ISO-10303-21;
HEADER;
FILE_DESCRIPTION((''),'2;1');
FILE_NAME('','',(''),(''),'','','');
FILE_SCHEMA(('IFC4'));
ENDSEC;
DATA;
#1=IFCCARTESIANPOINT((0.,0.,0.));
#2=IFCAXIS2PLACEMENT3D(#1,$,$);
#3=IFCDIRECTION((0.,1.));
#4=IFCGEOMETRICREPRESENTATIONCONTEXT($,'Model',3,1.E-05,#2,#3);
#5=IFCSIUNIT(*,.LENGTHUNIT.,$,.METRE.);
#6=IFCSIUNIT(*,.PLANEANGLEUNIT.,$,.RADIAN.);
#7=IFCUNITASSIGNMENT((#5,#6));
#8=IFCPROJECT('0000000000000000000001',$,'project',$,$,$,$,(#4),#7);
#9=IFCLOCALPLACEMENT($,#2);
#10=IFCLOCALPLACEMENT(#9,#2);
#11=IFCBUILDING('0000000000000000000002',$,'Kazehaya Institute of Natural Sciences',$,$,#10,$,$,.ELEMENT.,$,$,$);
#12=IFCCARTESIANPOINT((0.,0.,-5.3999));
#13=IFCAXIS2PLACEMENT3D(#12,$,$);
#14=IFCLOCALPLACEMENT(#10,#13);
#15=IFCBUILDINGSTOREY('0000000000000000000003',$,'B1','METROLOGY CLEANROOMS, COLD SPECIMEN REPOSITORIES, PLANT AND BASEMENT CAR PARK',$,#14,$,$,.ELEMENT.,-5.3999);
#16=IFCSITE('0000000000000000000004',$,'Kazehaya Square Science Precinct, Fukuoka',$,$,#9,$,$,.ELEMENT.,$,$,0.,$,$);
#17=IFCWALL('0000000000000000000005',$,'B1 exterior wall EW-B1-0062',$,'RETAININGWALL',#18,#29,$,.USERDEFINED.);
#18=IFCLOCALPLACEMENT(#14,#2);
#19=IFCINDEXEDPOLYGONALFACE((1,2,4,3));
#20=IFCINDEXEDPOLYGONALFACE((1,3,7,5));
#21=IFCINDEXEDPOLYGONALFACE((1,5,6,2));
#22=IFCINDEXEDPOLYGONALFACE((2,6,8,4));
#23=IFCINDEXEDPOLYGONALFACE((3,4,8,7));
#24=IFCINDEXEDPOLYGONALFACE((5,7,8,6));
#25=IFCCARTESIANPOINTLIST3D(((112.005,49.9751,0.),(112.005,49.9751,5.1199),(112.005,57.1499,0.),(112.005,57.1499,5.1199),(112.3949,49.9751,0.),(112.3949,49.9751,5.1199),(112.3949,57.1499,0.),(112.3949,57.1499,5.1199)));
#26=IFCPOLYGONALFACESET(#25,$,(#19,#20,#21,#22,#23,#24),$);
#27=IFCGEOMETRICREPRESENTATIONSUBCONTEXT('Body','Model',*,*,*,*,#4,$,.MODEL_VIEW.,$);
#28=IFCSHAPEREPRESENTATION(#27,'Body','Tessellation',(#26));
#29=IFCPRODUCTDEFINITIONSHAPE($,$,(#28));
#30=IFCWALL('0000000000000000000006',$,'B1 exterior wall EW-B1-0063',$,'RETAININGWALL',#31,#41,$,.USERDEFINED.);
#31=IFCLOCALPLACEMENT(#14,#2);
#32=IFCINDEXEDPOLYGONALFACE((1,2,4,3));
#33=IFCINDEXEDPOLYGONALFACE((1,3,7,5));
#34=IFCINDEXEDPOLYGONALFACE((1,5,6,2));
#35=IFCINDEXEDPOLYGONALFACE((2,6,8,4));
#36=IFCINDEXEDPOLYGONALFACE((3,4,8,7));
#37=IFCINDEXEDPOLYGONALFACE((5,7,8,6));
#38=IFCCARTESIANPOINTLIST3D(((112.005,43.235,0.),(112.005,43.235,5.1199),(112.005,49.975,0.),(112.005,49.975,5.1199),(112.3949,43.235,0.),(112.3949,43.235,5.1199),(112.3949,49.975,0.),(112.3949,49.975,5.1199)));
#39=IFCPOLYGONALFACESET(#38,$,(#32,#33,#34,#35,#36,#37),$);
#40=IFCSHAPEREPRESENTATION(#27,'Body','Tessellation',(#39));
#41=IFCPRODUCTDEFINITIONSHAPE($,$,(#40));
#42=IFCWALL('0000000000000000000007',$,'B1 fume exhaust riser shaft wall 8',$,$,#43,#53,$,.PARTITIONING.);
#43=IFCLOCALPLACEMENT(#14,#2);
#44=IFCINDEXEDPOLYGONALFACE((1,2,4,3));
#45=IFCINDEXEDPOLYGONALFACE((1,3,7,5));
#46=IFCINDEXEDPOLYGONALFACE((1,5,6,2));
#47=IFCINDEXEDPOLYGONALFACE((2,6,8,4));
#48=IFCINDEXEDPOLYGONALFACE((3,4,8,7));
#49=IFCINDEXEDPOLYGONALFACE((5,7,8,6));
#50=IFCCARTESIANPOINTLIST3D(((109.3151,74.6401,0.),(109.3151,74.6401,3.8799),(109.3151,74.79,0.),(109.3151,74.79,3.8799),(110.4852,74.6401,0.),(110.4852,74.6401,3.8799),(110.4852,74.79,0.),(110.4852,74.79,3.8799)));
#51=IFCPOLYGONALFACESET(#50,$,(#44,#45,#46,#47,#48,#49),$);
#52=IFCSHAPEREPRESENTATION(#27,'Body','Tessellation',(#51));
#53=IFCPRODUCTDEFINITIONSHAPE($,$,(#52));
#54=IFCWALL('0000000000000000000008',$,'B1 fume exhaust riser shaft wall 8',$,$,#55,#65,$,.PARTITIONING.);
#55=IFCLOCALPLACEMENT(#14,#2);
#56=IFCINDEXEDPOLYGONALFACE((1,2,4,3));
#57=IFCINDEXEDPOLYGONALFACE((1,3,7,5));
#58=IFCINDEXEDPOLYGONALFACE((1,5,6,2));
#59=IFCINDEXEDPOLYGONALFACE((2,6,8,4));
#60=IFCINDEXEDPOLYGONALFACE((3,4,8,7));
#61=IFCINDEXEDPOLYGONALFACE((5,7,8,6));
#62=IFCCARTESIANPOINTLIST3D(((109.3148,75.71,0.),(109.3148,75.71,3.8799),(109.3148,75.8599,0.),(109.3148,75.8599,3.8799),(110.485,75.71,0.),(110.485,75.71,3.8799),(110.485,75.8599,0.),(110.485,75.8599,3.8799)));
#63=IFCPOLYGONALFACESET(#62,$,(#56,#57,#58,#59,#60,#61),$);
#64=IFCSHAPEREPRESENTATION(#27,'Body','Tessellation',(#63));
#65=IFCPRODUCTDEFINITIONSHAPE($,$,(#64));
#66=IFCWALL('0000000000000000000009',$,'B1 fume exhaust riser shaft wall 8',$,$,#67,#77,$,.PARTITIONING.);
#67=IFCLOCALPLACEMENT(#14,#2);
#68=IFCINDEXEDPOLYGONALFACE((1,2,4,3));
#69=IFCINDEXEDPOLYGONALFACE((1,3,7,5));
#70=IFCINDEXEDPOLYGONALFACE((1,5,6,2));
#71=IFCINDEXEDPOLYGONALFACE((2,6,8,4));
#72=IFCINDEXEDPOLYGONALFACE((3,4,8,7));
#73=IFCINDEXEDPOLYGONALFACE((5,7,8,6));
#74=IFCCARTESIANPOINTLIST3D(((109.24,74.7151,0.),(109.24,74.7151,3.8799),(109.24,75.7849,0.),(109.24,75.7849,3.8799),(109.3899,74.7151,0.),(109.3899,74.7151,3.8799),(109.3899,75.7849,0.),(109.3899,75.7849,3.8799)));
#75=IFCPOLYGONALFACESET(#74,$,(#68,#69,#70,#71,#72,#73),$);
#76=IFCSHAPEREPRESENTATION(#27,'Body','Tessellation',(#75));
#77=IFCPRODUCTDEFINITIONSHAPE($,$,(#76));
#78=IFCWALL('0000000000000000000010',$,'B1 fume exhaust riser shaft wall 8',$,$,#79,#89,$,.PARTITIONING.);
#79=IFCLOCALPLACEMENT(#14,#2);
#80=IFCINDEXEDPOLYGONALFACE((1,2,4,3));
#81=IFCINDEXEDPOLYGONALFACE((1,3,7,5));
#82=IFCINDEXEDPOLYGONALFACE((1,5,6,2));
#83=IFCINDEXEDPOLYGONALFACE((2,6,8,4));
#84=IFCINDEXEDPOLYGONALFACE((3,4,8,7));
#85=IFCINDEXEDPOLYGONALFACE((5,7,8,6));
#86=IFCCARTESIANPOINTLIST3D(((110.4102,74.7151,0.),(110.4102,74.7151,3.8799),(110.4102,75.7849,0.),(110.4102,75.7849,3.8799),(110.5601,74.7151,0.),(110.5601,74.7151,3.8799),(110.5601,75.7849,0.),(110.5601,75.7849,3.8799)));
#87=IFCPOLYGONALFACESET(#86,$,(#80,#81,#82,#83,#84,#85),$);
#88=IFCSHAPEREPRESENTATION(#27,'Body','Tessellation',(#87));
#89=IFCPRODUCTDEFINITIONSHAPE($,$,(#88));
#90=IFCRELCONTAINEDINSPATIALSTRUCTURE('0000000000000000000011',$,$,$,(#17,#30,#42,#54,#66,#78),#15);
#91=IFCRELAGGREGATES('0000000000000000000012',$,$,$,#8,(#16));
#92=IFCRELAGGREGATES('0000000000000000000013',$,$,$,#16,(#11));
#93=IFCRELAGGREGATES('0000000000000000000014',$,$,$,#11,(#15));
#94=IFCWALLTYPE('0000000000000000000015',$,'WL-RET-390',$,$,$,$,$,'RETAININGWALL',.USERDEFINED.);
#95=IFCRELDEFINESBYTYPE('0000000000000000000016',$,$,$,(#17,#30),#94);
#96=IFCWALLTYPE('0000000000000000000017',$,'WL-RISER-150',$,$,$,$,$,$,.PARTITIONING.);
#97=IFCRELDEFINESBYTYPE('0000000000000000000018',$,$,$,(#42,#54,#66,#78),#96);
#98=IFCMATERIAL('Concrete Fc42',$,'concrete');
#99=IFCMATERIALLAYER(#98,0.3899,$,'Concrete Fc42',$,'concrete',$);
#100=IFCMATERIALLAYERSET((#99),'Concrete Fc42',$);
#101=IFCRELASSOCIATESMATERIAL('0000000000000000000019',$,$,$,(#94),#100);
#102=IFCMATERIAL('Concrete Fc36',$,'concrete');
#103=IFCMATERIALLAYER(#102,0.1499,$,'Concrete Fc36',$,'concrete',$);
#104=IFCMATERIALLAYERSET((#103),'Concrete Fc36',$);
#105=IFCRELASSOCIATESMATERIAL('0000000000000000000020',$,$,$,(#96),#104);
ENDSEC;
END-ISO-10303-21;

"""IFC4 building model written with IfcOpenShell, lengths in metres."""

from ifc_helpers import new_model, si_unit, direction, frame, frame_2d, origin, place, context, subcontext, project, spatial, rectangle, extrude, material, layer, layer_set, type_object, element, save


model = new_model("IFC4")

# Units and contexts
model_context = context("Model", 3, precision=1e-05, world=origin(), true_north=direction((0.0, 1.0)))
body_context = subcontext(model_context, "Body", "Model", "MODEL_VIEW")
ifc_project = project(units=[si_unit("LENGTHUNIT", "METRE"), si_unit("PLANEANGLEUNIT", "RADIAN")], contexts=[model_context])

# Site, building, storey
site_placement = place(None, origin())
site = spatial("IfcSite", under=ifc_project, at=site_placement, Name="Kazehaya Square Science Precinct, Fukuoka", CompositionType="ELEMENT", RefElevation=0.0)
building_placement = place(site_placement, origin())
building = spatial("IfcBuilding", under=site, at=building_placement, Name="Kazehaya Institute of Natural Sciences", CompositionType="ELEMENT")
storey_placement = place(building_placement, frame((0.0, 0.0, -5.3999)))
storey = spatial("IfcBuildingStorey", under=building, at=storey_placement, Name="B1", Description="METROLOGY CLEANROOMS, COLD SPECIMEN REPOSITORIES, PLANT AND BASEMENT CAR PARK", CompositionType="ELEMENT", Elevation=-5.3999)

# Shared definitions
ifc_material_1 = material(Name="Concrete Fc36", Category="concrete")

# Shared definitions
ifc_material_2 = material(Name="Concrete Fc42", Category="concrete")

# Walls
ifc_layer_1 = layer(ifc_material_2, 0.3899, Name="Concrete Fc42", Category="concrete")
ifc_layer_set_1 = layer_set([ifc_layer_1], Name="Concrete Fc42")
wall_type_1 = type_object("IfcWallType", Name="WL-RET-390", ElementType="RETAININGWALL", PredefinedType="USERDEFINED", material=ifc_layer_set_1)
wall_1_placement = place(storey_placement, frame((112.2, 57.1499, 0.0), z_axis=(0.0, 0.0, 1.0), x_axis=(0.0, -1.0, 0.0)))
element("IfcWall", 1, at=wall_1_placement, inside=storey, type_object=wall_type_1, Name="B1 exterior wall EW-B1-0062", ObjectType="RETAININGWALL", PredefinedType="USERDEFINED", context=body_context, shape_type="SweptSolid", body=[
    extrude(rectangle(XDim=7.1748, YDim=0.3899, at=frame_2d((3.5874, 0.0))), origin(), (0.0, 0.0, 1.0), 5.1199),
])
wall_2_placement = place(storey_placement, frame((112.2, 49.9751, 0.0), z_axis=(0.0, 0.0, 1.0), x_axis=(0.0, -1.0, 0.0)))
element("IfcWall", 2, at=wall_2_placement, inside=storey, type_object=wall_type_1, Name="B1 exterior wall EW-B1-0063", ObjectType="RETAININGWALL", PredefinedType="USERDEFINED", context=body_context, shape_type="SweptSolid", body=[
    extrude(rectangle(XDim=6.74, YDim=0.3899, at=frame_2d((3.3701, 0.0))), origin(), (0.0, 0.0, 1.0), 5.1199),
])
ifc_layer_2 = layer(ifc_material_1, 0.1499, Name="Concrete Fc36", Category="concrete")
ifc_layer_set_2 = layer_set([ifc_layer_2], Name="Concrete Fc36")
wall_type_2 = type_object("IfcWallType", Name="WL-RISER-150", PredefinedType="PARTITIONING", material=ifc_layer_set_2)
for number, where, z_axis, x_axis, name in (
    (3, (110.4851, 74.7151, 0.0), (0.0, 0.0, 1.0), (-1.0, 0.0, 0.0), "B1 fume exhaust riser shaft wall 8"),
    (4, (109.3149, 75.7849, 0.0), (0.0, 0.0, 1.0), (1.0, 0.0, 0.0), "B1 fume exhaust riser shaft wall 8"),
):
    element("IfcWall", number, at=place(storey_placement, frame(where, z_axis=z_axis, x_axis=x_axis)), inside=storey, type_object=wall_type_2, Name=name, PredefinedType="PARTITIONING", context=body_context, shape_type="SweptSolid", body=[
        extrude(rectangle(XDim=1.1702, YDim=0.1499, at=frame_2d((0.585, 0.0))), origin(), (0.0, 0.0, 1.0), 3.8799),
    ])
for number, where, z_axis, x_axis, name in (
    (5, (109.3149, 74.7151, 0.0), (0.0, 0.0, 1.0), (0.0, 1.0, 0.0), "B1 fume exhaust riser shaft wall 8"),
    (6, (110.4851, 75.7849, 0.0), (0.0, 0.0, 1.0), (0.0, -1.0, 0.0), "B1 fume exhaust riser shaft wall 8"),
):
    element("IfcWall", number, at=place(storey_placement, frame(where, z_axis=z_axis, x_axis=x_axis)), inside=storey, type_object=wall_type_2, Name=name, PredefinedType="PARTITIONING", context=body_context, shape_type="SweptSolid", body=[
        extrude(rectangle(XDim=1.0698, YDim=0.1499, at=frame_2d((0.5349, 0.0))), origin(), (0.0, 0.0, 1.0), 3.8799),
    ])

save(model, "model.ifc")
